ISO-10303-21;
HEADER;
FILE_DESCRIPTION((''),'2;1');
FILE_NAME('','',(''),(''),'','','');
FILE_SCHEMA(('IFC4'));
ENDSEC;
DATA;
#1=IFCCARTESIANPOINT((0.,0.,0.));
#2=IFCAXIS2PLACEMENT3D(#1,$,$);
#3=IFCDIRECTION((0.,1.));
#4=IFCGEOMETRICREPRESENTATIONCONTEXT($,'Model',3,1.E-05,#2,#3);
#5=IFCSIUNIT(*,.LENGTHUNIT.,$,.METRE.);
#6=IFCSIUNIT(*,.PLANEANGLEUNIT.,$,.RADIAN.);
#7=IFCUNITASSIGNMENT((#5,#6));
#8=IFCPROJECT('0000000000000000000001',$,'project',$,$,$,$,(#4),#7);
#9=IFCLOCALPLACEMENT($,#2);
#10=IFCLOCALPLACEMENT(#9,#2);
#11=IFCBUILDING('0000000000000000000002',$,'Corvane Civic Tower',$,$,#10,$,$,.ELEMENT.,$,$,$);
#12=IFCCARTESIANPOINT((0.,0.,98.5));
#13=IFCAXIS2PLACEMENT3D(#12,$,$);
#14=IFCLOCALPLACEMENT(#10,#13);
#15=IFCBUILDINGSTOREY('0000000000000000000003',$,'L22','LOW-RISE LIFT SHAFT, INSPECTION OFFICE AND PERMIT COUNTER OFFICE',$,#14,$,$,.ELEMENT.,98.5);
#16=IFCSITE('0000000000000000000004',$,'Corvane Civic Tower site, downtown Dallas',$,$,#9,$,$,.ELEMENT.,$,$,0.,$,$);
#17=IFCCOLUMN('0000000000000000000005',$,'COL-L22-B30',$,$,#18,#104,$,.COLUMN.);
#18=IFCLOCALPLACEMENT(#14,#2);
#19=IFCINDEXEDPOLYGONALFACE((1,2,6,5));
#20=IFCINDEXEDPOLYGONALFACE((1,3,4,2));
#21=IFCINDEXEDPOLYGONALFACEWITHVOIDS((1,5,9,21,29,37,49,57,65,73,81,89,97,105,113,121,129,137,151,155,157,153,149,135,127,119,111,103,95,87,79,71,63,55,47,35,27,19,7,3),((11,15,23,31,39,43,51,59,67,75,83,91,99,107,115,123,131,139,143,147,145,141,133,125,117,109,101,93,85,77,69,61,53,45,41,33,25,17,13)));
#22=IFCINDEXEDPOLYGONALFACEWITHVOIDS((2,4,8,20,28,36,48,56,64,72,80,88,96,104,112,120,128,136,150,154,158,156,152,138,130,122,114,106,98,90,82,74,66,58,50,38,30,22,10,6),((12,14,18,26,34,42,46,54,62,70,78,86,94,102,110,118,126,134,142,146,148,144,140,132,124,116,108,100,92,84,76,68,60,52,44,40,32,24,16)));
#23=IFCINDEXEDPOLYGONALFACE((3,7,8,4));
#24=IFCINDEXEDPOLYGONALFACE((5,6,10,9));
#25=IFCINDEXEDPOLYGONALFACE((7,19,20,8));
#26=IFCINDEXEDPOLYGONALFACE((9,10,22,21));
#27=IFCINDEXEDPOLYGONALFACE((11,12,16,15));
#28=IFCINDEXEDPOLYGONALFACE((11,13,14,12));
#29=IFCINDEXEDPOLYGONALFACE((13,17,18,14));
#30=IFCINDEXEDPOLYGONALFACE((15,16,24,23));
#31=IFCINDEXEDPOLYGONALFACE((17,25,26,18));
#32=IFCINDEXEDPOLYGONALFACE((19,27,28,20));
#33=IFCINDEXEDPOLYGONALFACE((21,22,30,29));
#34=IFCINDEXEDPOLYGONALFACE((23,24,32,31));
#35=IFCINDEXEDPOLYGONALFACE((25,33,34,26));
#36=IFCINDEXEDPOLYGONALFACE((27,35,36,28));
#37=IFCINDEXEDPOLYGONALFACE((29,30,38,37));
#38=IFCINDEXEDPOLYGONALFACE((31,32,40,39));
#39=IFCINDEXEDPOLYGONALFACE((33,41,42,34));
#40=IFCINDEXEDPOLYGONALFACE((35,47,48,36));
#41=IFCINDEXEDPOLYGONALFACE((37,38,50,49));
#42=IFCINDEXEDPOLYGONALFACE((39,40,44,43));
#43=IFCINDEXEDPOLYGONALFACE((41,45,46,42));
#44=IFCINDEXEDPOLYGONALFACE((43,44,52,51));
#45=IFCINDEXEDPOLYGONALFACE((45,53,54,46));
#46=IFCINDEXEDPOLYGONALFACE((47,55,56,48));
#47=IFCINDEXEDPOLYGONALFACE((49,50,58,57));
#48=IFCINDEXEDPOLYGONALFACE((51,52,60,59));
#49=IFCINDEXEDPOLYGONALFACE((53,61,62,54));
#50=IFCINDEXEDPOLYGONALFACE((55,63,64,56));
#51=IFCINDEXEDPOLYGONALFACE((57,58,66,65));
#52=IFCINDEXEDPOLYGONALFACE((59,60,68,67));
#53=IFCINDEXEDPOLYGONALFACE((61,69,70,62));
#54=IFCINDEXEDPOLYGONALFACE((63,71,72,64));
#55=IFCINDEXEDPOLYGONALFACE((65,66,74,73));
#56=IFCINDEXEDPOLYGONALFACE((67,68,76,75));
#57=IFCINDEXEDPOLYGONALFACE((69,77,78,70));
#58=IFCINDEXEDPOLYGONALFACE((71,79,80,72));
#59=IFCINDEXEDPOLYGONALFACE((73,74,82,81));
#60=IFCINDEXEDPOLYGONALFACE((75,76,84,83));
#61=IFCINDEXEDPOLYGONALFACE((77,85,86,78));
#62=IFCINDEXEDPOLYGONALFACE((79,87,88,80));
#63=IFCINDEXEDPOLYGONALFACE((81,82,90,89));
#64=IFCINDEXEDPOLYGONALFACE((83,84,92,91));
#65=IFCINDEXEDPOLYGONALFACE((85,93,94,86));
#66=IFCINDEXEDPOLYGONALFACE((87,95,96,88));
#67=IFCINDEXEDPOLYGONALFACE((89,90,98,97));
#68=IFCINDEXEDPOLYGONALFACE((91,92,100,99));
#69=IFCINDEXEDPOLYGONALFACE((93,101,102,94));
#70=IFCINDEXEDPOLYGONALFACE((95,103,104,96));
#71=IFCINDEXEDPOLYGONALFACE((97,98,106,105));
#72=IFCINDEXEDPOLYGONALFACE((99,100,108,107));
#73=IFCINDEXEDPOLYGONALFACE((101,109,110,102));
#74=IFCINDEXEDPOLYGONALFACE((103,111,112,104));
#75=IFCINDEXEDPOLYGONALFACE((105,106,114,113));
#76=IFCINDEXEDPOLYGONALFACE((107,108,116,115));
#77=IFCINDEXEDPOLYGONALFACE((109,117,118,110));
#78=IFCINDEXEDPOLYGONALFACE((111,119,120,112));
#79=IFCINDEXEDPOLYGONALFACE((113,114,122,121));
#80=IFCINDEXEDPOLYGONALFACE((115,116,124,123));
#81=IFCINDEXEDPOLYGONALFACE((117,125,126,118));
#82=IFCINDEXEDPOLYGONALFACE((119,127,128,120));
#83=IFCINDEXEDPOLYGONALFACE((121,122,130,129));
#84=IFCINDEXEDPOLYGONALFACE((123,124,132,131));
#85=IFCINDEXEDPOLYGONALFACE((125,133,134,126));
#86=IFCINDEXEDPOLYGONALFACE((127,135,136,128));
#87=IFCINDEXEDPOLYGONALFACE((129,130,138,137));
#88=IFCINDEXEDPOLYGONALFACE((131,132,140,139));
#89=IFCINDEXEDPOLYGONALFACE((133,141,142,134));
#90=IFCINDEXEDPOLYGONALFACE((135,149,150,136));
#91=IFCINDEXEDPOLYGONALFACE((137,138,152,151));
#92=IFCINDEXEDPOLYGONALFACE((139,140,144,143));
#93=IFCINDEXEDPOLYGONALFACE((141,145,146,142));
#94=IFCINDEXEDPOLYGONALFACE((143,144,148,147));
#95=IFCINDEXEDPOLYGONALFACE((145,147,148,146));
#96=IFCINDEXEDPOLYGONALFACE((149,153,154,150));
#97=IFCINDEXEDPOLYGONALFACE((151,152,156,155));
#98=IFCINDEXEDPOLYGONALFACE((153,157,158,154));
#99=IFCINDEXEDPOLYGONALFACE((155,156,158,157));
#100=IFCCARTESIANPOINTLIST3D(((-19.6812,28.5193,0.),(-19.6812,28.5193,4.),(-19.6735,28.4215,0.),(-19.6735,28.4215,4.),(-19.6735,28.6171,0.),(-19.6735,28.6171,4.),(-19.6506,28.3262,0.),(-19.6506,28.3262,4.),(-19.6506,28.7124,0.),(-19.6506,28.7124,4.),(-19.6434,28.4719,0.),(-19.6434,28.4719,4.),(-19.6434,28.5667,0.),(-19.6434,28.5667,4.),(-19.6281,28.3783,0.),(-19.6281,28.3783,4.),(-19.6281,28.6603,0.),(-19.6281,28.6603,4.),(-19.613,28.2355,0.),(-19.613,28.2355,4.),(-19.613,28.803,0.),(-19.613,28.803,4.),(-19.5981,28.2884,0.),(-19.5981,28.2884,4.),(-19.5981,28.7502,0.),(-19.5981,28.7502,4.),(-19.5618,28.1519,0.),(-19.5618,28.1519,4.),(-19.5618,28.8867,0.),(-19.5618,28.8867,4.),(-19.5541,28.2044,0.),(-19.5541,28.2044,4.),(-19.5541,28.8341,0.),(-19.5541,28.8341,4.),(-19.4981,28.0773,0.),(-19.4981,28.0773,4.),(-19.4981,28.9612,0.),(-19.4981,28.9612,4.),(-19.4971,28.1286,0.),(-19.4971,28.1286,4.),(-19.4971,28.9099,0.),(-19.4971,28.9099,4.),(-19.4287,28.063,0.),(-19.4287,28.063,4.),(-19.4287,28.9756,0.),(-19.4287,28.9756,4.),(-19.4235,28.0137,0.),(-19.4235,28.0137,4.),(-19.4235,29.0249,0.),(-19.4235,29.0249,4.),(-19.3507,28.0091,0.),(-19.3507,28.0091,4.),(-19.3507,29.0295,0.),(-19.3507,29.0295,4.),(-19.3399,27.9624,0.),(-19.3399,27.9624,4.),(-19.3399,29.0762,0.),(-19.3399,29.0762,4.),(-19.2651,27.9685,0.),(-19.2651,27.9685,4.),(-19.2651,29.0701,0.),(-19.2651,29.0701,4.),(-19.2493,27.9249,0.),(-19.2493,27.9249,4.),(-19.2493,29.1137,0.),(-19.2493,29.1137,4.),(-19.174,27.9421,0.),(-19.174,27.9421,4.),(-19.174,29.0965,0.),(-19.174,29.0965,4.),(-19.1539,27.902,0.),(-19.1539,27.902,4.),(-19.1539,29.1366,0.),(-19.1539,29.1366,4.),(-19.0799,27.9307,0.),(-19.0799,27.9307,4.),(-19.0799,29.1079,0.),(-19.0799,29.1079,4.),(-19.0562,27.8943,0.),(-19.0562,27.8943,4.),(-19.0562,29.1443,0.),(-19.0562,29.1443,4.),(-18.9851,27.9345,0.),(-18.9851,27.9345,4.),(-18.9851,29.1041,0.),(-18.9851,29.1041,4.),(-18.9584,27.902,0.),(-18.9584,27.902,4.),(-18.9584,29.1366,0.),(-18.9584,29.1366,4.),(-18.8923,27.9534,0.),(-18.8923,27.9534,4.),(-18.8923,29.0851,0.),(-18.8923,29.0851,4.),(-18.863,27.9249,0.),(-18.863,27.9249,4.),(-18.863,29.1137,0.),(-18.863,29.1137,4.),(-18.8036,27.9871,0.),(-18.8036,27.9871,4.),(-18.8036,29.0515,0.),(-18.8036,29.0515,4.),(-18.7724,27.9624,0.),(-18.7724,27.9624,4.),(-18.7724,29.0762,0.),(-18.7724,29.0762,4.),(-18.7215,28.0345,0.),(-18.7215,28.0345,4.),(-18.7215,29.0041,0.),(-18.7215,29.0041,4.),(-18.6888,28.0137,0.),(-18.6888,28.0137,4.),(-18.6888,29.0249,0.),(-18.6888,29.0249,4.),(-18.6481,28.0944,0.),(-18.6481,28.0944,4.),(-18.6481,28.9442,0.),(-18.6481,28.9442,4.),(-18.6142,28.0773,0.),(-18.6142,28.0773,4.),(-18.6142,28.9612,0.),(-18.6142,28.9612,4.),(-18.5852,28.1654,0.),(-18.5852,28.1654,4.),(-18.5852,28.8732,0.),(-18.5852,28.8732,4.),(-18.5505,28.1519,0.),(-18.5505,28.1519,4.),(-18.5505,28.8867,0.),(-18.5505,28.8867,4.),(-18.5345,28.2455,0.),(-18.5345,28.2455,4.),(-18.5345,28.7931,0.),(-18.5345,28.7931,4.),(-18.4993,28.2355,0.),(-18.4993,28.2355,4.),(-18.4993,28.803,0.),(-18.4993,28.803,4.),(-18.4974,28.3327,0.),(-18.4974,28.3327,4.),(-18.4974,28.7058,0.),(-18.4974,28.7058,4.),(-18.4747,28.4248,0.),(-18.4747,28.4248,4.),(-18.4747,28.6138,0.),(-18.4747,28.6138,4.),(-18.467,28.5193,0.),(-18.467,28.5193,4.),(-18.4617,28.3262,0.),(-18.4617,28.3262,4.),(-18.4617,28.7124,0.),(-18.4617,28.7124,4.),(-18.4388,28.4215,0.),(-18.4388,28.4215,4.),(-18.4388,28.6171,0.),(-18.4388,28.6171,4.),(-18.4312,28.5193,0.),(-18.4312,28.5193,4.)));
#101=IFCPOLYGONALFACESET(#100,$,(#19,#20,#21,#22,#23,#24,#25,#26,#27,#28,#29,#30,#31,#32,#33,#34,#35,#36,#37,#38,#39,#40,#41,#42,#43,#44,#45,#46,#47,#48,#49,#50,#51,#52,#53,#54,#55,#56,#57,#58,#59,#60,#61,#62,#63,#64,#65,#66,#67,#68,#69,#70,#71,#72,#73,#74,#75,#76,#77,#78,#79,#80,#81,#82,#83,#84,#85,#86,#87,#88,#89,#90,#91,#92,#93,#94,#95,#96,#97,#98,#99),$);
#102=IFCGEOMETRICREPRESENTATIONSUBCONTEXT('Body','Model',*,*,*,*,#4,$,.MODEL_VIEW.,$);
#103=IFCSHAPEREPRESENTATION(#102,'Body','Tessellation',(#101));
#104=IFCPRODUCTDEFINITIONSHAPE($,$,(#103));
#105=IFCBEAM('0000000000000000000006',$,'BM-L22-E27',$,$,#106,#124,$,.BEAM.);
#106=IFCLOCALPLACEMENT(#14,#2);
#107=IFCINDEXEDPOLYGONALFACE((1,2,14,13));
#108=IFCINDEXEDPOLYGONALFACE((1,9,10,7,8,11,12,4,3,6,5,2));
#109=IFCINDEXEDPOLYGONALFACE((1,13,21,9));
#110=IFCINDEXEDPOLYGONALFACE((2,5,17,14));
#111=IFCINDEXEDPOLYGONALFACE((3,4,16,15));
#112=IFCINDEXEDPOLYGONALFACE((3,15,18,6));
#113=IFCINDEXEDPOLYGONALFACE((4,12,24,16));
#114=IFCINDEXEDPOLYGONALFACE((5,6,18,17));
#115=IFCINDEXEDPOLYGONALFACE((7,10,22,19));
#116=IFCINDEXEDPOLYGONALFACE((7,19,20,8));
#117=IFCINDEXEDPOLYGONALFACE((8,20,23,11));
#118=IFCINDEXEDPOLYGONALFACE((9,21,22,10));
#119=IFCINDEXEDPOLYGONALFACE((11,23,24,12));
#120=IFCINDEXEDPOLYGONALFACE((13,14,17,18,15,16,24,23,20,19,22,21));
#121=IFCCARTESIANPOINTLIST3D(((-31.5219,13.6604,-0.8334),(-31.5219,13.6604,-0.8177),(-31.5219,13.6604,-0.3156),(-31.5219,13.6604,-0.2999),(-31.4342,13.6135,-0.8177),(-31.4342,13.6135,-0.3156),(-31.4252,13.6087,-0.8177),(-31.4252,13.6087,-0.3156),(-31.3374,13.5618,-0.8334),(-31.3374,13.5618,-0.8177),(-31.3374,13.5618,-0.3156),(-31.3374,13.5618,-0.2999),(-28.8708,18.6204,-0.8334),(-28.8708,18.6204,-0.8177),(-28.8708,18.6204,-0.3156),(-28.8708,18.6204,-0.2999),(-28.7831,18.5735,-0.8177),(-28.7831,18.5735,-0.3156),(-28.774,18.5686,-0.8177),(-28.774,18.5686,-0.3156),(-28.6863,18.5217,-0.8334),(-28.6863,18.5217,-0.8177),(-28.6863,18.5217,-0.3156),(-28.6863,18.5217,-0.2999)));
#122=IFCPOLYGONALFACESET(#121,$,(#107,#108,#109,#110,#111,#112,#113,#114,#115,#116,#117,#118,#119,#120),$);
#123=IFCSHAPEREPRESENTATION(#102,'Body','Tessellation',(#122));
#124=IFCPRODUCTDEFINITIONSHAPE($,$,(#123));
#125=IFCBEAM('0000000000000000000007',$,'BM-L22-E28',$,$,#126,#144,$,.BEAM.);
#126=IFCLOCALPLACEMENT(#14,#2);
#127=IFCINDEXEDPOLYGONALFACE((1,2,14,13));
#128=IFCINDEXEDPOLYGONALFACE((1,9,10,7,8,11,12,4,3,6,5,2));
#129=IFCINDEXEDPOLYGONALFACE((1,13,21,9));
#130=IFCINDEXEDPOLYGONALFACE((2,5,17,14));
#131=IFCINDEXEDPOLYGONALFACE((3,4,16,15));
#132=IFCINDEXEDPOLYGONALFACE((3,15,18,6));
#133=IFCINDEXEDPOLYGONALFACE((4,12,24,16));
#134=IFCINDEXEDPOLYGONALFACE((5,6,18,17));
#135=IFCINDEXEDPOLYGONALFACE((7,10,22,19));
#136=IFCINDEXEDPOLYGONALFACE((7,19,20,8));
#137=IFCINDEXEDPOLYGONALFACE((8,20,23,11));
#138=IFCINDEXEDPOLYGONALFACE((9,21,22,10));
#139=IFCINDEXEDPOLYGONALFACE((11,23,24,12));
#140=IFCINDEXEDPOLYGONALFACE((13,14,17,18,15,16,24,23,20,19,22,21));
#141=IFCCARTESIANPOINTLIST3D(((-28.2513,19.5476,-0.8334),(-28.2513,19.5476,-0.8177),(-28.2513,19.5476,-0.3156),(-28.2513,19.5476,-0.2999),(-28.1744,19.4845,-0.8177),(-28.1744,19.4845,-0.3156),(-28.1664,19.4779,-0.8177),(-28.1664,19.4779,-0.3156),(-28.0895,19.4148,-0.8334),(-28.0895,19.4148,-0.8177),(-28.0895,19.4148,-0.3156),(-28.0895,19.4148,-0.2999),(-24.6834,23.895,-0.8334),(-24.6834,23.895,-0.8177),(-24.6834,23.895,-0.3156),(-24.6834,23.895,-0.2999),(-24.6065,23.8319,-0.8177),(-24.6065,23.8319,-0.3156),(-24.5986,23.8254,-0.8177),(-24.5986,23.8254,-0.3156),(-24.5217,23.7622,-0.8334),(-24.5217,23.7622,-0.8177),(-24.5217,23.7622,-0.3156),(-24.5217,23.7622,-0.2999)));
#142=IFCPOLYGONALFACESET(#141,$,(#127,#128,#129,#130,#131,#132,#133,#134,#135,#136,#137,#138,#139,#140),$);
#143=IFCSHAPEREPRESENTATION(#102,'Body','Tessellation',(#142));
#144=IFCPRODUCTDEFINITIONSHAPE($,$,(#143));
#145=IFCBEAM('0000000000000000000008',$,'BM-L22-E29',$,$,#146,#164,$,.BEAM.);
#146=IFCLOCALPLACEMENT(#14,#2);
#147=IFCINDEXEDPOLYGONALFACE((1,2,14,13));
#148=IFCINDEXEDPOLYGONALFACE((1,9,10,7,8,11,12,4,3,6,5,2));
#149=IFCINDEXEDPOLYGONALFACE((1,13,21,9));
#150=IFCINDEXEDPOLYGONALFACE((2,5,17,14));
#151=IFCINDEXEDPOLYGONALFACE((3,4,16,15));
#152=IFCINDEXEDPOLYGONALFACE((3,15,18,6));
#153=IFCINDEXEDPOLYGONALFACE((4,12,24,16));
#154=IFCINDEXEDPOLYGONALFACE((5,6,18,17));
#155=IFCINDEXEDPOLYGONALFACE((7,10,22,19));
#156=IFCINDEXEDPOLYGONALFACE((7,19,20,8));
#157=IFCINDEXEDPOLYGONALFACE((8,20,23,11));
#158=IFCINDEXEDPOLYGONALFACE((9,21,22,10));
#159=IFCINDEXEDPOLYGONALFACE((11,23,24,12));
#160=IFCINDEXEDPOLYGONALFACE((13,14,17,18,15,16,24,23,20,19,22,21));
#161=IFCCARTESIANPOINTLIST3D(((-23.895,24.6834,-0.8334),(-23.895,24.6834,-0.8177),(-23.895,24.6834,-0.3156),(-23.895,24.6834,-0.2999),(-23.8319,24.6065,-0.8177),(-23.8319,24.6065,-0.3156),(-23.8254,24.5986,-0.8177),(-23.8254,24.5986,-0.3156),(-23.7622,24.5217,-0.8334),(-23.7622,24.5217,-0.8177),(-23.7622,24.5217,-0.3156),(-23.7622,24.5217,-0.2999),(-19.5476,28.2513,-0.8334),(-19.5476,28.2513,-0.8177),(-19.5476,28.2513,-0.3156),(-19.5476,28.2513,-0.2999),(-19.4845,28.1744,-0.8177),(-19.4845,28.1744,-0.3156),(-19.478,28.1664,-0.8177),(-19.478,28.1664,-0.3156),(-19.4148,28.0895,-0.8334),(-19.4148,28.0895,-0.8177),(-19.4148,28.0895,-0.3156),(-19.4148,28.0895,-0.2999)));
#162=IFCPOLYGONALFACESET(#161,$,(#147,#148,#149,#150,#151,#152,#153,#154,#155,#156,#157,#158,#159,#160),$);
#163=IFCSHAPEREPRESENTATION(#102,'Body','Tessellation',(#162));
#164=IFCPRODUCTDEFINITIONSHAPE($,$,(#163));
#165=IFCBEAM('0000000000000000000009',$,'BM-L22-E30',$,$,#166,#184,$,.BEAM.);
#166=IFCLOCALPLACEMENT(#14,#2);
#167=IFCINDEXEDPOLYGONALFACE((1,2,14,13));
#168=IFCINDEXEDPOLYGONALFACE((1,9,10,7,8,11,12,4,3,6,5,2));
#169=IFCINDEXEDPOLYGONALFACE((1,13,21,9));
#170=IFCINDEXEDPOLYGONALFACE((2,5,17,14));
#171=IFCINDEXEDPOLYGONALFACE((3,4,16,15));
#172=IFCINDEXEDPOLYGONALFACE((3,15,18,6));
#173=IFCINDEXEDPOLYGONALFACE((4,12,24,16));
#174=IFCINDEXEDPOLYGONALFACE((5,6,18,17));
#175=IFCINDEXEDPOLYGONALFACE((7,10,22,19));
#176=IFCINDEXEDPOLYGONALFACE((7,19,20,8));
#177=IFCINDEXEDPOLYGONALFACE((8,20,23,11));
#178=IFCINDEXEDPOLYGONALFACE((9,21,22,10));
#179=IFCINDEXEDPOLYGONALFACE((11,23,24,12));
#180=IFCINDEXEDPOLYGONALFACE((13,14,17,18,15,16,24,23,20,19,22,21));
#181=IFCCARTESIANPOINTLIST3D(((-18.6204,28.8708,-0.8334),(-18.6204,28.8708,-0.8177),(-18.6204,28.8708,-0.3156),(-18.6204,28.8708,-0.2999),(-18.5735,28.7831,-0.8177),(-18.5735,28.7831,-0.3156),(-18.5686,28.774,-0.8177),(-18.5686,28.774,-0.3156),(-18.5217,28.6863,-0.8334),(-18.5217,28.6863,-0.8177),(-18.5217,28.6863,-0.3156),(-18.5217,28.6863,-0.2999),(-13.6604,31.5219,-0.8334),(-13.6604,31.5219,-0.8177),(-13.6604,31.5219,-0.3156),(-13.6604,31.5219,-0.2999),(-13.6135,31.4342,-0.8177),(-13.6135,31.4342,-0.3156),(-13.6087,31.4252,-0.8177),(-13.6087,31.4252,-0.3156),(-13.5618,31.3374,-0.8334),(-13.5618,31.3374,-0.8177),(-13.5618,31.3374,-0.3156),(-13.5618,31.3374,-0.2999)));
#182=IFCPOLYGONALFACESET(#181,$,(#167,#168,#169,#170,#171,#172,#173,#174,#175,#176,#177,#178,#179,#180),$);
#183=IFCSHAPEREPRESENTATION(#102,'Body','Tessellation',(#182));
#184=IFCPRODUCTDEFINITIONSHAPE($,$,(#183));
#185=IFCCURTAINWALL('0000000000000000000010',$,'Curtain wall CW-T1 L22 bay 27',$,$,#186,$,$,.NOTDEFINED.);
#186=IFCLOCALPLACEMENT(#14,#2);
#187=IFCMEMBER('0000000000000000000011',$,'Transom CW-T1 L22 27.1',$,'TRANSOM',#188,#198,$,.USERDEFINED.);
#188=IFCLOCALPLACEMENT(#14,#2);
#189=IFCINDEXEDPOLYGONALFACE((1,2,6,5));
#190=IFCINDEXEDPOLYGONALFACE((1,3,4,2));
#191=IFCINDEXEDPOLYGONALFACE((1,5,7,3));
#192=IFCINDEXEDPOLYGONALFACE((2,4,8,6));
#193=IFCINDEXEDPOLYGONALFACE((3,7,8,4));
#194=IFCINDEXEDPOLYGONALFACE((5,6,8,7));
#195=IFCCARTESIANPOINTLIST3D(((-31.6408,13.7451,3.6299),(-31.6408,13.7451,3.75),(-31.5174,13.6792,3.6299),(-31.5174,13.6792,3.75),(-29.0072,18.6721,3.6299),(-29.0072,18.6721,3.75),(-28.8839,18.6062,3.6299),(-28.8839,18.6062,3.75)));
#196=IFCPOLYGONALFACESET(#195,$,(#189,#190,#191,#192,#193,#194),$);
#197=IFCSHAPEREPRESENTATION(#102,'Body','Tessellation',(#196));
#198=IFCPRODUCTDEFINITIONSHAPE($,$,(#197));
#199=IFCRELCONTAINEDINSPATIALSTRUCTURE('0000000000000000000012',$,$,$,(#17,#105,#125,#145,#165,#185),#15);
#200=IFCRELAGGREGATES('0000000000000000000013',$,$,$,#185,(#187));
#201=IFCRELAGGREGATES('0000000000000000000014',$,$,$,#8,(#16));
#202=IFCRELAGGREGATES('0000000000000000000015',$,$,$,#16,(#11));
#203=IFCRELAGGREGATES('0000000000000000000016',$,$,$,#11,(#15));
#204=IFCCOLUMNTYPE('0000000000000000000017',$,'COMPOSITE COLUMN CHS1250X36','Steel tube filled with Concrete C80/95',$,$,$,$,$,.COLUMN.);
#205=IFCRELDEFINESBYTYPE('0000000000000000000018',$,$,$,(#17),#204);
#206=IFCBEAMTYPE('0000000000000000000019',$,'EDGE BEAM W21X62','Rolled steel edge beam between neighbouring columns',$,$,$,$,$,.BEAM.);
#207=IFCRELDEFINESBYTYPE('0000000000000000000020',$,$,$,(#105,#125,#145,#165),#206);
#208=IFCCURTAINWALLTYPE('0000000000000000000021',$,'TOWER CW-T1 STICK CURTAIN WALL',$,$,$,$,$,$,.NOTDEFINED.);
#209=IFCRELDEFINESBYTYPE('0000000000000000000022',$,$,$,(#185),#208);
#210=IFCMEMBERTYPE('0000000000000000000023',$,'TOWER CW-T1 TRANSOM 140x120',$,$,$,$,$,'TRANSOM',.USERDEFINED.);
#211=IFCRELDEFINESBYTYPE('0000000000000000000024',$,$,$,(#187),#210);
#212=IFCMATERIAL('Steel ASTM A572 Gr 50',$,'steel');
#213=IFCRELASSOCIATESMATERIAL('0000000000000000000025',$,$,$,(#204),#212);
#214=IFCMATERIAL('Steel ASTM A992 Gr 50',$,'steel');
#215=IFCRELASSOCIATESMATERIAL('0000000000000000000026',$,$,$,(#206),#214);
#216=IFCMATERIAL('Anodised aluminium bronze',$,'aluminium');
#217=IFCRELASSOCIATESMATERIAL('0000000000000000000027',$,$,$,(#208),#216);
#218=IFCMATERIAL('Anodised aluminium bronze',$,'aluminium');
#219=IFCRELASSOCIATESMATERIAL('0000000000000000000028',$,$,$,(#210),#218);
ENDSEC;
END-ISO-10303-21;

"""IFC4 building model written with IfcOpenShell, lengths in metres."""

from ifc_helpers import new_model, si_unit, direction, frame, origin, origin_2d, place, context, subcontext, project, spatial, rectangle, hollow_circle, i_section, extrude, material, material_profile, profile_set, type_object, element, aggregate, save


model = new_model("IFC4")

# Units and contexts
model_context = context("Model", 3, precision=1e-05, world=origin(), true_north=direction((0.0, 1.0)))
body_context = subcontext(model_context, "Body", "Model", "MODEL_VIEW")
ifc_project = project(units=[si_unit("LENGTHUNIT", "METRE"), si_unit("PLANEANGLEUNIT", "RADIAN")], contexts=[model_context])

# Site, building, storey
site_placement = place(None, origin())
site = spatial("IfcSite", under=ifc_project, at=site_placement, Name="Corvane Civic Tower site, downtown Dallas", CompositionType="ELEMENT", RefElevation=0.0)
building_placement = place(site_placement, origin())
building = spatial("IfcBuilding", under=site, at=building_placement, Name="Corvane Civic Tower", CompositionType="ELEMENT")
storey_placement = place(building_placement, frame((0.0, 0.0, 98.5)))
storey = spatial("IfcBuildingStorey", under=building, at=storey_placement, Name="L22", Description="LOW-RISE LIFT SHAFT, INSPECTION OFFICE AND PERMIT COUNTER OFFICE", CompositionType="ELEMENT", Elevation=98.5)

# Column
ifc_material_1 = material(Name="Steel ASTM A572 Gr 50", Category="steel")
ifc_material_profile_1 = material_profile(ifc_material_1, hollow_circle(Radius=0.625, WallThickness=0.0359, at=origin_2d()), Name="CHS1250X36")
ifc_profile_set_1 = profile_set([ifc_material_profile_1], Name="Steel ASTM A572 Gr 50")
column_type = type_object("IfcColumnType", Name="COMPOSITE COLUMN CHS1250X36", Description="Steel tube filled with Concrete C80/95", PredefinedType="COLUMN", material=ifc_profile_set_1)
for number, where, z_axis, x_axis, name in (
    (1, (-19.0562, 28.5193, 0.0), (0.0, 0.0, 1.0), (1.0, 0.0, 0.0), "COL-L22-B30"),
):
    element("IfcColumn", number, at=place(storey_placement, frame(where, z_axis=z_axis, x_axis=x_axis)), inside=storey, type_object=column_type, Name=name, PredefinedType="COLUMN", context=body_context, shape_type="SweptSolid", body=[
        extrude(hollow_circle(Radius=0.625, WallThickness=0.0359, at=origin_2d()), origin(), (0.0, 0.0, 1.0), 4.0),
    ])

# Beams
ifc_material_2 = material(Name="Steel ASTM A992 Gr 50", Category="steel")
ifc_material_profile_2 = material_profile(ifc_material_2, i_section(OverallWidth=0.2092, OverallDepth=0.5334, WebThickness=0.0103, FlangeThickness=0.0156, at=origin_2d()), Name="W21X62")
ifc_profile_set_2 = profile_set([ifc_material_profile_2], Name="Steel ASTM A992 Gr 50")
beam_type = type_object("IfcBeamType", Name="EDGE BEAM W21X62", Description="Rolled steel edge beam between neighbouring columns", PredefinedType="BEAM", material=ifc_profile_set_2)
for number, where, z_axis, x_axis, name in (
    (2, (-31.4297, 13.6111, -0.5667), (0.471392, 0.881924, 0.0), (-0.881924, 0.471392, 0.0), "BM-L22-E27"),
    (3, (-28.1704, 19.4812, -0.5667), (0.634398, 0.773007, 0.0), (-0.773007, 0.634398, 0.0), "BM-L22-E28"),
    (4, (-23.8286, 24.6025, -0.5667), (0.773007, 0.634398, 0.0), (-0.634398, 0.773007, 0.0), "BM-L22-E29"),
    (5, (-18.571, 28.7786, -0.5667), (0.881924, 0.471392, 0.0), (-0.471392, 0.881924, 0.0), "BM-L22-E30"),
):
    element("IfcBeam", number, at=place(storey_placement, frame(where, z_axis=z_axis, x_axis=x_axis)), inside=storey, type_object=beam_type, Name=name, PredefinedType="BEAM", context=body_context, shape_type="SweptSolid", body=[
        extrude(i_section(OverallWidth=0.2092, OverallDepth=0.5334, WebThickness=0.0103, FlangeThickness=0.0156, at=origin_2d()), origin(), (0.0, 0.0, 1.0), 5.624),
    ])

# Curtain wall, member
ifc_material_3 = material(Name="Anodised aluminium bronze", Category="aluminium")
curtain_wall_type = type_object("IfcCurtainWallType", Name="TOWER CW-T1 STICK CURTAIN WALL", PredefinedType="NOTDEFINED", material=ifc_material_3)
curtain_wall_1_placement = place(storey_placement, origin())
curtain_wall_1 = element("IfcCurtainWall", 6, at=curtain_wall_1_placement, inside=storey, type_object=curtain_wall_type, Name="Curtain wall CW-T1 L22 bay 27", PredefinedType="NOTDEFINED")
ifc_material_4 = material(Name="Anodised aluminium bronze", Category="aluminium")
ifc_material_profile_3 = material_profile(ifc_material_4, rectangle(XDim=0.1399, YDim=0.1201, at=origin_2d()), Name="TOWER CW-T1 TRANSOM 140x120")
ifc_profile_set_3 = profile_set([ifc_material_profile_3], Name="Anodised aluminium bronze")
member_type = type_object("IfcMemberType", Name="TOWER CW-T1 TRANSOM 140x120", ElementType="TRANSOM", PredefinedType="USERDEFINED", material=ifc_profile_set_3)
member_1_placement = place(storey_placement, frame((-31.5791, 13.7122, 3.6899), z_axis=(0.471398, 0.881921, 0.0), x_axis=(-0.881921, 0.471398, 0.0)))
member_1 = element("IfcMember", 7, at=member_1_placement, type_object=member_type, Name="Transom CW-T1 L22 27.1", ObjectType="TRANSOM", PredefinedType="USERDEFINED", context=body_context, shape_type="SweptSolid", body=[
    extrude(rectangle(XDim=0.1399, YDim=0.1201, at=origin_2d()), origin(), (0.0, 0.0, 1.0), 5.5867),
])

aggregate(curtain_wall_1, [member_1])

save(model, "model.ifc")
